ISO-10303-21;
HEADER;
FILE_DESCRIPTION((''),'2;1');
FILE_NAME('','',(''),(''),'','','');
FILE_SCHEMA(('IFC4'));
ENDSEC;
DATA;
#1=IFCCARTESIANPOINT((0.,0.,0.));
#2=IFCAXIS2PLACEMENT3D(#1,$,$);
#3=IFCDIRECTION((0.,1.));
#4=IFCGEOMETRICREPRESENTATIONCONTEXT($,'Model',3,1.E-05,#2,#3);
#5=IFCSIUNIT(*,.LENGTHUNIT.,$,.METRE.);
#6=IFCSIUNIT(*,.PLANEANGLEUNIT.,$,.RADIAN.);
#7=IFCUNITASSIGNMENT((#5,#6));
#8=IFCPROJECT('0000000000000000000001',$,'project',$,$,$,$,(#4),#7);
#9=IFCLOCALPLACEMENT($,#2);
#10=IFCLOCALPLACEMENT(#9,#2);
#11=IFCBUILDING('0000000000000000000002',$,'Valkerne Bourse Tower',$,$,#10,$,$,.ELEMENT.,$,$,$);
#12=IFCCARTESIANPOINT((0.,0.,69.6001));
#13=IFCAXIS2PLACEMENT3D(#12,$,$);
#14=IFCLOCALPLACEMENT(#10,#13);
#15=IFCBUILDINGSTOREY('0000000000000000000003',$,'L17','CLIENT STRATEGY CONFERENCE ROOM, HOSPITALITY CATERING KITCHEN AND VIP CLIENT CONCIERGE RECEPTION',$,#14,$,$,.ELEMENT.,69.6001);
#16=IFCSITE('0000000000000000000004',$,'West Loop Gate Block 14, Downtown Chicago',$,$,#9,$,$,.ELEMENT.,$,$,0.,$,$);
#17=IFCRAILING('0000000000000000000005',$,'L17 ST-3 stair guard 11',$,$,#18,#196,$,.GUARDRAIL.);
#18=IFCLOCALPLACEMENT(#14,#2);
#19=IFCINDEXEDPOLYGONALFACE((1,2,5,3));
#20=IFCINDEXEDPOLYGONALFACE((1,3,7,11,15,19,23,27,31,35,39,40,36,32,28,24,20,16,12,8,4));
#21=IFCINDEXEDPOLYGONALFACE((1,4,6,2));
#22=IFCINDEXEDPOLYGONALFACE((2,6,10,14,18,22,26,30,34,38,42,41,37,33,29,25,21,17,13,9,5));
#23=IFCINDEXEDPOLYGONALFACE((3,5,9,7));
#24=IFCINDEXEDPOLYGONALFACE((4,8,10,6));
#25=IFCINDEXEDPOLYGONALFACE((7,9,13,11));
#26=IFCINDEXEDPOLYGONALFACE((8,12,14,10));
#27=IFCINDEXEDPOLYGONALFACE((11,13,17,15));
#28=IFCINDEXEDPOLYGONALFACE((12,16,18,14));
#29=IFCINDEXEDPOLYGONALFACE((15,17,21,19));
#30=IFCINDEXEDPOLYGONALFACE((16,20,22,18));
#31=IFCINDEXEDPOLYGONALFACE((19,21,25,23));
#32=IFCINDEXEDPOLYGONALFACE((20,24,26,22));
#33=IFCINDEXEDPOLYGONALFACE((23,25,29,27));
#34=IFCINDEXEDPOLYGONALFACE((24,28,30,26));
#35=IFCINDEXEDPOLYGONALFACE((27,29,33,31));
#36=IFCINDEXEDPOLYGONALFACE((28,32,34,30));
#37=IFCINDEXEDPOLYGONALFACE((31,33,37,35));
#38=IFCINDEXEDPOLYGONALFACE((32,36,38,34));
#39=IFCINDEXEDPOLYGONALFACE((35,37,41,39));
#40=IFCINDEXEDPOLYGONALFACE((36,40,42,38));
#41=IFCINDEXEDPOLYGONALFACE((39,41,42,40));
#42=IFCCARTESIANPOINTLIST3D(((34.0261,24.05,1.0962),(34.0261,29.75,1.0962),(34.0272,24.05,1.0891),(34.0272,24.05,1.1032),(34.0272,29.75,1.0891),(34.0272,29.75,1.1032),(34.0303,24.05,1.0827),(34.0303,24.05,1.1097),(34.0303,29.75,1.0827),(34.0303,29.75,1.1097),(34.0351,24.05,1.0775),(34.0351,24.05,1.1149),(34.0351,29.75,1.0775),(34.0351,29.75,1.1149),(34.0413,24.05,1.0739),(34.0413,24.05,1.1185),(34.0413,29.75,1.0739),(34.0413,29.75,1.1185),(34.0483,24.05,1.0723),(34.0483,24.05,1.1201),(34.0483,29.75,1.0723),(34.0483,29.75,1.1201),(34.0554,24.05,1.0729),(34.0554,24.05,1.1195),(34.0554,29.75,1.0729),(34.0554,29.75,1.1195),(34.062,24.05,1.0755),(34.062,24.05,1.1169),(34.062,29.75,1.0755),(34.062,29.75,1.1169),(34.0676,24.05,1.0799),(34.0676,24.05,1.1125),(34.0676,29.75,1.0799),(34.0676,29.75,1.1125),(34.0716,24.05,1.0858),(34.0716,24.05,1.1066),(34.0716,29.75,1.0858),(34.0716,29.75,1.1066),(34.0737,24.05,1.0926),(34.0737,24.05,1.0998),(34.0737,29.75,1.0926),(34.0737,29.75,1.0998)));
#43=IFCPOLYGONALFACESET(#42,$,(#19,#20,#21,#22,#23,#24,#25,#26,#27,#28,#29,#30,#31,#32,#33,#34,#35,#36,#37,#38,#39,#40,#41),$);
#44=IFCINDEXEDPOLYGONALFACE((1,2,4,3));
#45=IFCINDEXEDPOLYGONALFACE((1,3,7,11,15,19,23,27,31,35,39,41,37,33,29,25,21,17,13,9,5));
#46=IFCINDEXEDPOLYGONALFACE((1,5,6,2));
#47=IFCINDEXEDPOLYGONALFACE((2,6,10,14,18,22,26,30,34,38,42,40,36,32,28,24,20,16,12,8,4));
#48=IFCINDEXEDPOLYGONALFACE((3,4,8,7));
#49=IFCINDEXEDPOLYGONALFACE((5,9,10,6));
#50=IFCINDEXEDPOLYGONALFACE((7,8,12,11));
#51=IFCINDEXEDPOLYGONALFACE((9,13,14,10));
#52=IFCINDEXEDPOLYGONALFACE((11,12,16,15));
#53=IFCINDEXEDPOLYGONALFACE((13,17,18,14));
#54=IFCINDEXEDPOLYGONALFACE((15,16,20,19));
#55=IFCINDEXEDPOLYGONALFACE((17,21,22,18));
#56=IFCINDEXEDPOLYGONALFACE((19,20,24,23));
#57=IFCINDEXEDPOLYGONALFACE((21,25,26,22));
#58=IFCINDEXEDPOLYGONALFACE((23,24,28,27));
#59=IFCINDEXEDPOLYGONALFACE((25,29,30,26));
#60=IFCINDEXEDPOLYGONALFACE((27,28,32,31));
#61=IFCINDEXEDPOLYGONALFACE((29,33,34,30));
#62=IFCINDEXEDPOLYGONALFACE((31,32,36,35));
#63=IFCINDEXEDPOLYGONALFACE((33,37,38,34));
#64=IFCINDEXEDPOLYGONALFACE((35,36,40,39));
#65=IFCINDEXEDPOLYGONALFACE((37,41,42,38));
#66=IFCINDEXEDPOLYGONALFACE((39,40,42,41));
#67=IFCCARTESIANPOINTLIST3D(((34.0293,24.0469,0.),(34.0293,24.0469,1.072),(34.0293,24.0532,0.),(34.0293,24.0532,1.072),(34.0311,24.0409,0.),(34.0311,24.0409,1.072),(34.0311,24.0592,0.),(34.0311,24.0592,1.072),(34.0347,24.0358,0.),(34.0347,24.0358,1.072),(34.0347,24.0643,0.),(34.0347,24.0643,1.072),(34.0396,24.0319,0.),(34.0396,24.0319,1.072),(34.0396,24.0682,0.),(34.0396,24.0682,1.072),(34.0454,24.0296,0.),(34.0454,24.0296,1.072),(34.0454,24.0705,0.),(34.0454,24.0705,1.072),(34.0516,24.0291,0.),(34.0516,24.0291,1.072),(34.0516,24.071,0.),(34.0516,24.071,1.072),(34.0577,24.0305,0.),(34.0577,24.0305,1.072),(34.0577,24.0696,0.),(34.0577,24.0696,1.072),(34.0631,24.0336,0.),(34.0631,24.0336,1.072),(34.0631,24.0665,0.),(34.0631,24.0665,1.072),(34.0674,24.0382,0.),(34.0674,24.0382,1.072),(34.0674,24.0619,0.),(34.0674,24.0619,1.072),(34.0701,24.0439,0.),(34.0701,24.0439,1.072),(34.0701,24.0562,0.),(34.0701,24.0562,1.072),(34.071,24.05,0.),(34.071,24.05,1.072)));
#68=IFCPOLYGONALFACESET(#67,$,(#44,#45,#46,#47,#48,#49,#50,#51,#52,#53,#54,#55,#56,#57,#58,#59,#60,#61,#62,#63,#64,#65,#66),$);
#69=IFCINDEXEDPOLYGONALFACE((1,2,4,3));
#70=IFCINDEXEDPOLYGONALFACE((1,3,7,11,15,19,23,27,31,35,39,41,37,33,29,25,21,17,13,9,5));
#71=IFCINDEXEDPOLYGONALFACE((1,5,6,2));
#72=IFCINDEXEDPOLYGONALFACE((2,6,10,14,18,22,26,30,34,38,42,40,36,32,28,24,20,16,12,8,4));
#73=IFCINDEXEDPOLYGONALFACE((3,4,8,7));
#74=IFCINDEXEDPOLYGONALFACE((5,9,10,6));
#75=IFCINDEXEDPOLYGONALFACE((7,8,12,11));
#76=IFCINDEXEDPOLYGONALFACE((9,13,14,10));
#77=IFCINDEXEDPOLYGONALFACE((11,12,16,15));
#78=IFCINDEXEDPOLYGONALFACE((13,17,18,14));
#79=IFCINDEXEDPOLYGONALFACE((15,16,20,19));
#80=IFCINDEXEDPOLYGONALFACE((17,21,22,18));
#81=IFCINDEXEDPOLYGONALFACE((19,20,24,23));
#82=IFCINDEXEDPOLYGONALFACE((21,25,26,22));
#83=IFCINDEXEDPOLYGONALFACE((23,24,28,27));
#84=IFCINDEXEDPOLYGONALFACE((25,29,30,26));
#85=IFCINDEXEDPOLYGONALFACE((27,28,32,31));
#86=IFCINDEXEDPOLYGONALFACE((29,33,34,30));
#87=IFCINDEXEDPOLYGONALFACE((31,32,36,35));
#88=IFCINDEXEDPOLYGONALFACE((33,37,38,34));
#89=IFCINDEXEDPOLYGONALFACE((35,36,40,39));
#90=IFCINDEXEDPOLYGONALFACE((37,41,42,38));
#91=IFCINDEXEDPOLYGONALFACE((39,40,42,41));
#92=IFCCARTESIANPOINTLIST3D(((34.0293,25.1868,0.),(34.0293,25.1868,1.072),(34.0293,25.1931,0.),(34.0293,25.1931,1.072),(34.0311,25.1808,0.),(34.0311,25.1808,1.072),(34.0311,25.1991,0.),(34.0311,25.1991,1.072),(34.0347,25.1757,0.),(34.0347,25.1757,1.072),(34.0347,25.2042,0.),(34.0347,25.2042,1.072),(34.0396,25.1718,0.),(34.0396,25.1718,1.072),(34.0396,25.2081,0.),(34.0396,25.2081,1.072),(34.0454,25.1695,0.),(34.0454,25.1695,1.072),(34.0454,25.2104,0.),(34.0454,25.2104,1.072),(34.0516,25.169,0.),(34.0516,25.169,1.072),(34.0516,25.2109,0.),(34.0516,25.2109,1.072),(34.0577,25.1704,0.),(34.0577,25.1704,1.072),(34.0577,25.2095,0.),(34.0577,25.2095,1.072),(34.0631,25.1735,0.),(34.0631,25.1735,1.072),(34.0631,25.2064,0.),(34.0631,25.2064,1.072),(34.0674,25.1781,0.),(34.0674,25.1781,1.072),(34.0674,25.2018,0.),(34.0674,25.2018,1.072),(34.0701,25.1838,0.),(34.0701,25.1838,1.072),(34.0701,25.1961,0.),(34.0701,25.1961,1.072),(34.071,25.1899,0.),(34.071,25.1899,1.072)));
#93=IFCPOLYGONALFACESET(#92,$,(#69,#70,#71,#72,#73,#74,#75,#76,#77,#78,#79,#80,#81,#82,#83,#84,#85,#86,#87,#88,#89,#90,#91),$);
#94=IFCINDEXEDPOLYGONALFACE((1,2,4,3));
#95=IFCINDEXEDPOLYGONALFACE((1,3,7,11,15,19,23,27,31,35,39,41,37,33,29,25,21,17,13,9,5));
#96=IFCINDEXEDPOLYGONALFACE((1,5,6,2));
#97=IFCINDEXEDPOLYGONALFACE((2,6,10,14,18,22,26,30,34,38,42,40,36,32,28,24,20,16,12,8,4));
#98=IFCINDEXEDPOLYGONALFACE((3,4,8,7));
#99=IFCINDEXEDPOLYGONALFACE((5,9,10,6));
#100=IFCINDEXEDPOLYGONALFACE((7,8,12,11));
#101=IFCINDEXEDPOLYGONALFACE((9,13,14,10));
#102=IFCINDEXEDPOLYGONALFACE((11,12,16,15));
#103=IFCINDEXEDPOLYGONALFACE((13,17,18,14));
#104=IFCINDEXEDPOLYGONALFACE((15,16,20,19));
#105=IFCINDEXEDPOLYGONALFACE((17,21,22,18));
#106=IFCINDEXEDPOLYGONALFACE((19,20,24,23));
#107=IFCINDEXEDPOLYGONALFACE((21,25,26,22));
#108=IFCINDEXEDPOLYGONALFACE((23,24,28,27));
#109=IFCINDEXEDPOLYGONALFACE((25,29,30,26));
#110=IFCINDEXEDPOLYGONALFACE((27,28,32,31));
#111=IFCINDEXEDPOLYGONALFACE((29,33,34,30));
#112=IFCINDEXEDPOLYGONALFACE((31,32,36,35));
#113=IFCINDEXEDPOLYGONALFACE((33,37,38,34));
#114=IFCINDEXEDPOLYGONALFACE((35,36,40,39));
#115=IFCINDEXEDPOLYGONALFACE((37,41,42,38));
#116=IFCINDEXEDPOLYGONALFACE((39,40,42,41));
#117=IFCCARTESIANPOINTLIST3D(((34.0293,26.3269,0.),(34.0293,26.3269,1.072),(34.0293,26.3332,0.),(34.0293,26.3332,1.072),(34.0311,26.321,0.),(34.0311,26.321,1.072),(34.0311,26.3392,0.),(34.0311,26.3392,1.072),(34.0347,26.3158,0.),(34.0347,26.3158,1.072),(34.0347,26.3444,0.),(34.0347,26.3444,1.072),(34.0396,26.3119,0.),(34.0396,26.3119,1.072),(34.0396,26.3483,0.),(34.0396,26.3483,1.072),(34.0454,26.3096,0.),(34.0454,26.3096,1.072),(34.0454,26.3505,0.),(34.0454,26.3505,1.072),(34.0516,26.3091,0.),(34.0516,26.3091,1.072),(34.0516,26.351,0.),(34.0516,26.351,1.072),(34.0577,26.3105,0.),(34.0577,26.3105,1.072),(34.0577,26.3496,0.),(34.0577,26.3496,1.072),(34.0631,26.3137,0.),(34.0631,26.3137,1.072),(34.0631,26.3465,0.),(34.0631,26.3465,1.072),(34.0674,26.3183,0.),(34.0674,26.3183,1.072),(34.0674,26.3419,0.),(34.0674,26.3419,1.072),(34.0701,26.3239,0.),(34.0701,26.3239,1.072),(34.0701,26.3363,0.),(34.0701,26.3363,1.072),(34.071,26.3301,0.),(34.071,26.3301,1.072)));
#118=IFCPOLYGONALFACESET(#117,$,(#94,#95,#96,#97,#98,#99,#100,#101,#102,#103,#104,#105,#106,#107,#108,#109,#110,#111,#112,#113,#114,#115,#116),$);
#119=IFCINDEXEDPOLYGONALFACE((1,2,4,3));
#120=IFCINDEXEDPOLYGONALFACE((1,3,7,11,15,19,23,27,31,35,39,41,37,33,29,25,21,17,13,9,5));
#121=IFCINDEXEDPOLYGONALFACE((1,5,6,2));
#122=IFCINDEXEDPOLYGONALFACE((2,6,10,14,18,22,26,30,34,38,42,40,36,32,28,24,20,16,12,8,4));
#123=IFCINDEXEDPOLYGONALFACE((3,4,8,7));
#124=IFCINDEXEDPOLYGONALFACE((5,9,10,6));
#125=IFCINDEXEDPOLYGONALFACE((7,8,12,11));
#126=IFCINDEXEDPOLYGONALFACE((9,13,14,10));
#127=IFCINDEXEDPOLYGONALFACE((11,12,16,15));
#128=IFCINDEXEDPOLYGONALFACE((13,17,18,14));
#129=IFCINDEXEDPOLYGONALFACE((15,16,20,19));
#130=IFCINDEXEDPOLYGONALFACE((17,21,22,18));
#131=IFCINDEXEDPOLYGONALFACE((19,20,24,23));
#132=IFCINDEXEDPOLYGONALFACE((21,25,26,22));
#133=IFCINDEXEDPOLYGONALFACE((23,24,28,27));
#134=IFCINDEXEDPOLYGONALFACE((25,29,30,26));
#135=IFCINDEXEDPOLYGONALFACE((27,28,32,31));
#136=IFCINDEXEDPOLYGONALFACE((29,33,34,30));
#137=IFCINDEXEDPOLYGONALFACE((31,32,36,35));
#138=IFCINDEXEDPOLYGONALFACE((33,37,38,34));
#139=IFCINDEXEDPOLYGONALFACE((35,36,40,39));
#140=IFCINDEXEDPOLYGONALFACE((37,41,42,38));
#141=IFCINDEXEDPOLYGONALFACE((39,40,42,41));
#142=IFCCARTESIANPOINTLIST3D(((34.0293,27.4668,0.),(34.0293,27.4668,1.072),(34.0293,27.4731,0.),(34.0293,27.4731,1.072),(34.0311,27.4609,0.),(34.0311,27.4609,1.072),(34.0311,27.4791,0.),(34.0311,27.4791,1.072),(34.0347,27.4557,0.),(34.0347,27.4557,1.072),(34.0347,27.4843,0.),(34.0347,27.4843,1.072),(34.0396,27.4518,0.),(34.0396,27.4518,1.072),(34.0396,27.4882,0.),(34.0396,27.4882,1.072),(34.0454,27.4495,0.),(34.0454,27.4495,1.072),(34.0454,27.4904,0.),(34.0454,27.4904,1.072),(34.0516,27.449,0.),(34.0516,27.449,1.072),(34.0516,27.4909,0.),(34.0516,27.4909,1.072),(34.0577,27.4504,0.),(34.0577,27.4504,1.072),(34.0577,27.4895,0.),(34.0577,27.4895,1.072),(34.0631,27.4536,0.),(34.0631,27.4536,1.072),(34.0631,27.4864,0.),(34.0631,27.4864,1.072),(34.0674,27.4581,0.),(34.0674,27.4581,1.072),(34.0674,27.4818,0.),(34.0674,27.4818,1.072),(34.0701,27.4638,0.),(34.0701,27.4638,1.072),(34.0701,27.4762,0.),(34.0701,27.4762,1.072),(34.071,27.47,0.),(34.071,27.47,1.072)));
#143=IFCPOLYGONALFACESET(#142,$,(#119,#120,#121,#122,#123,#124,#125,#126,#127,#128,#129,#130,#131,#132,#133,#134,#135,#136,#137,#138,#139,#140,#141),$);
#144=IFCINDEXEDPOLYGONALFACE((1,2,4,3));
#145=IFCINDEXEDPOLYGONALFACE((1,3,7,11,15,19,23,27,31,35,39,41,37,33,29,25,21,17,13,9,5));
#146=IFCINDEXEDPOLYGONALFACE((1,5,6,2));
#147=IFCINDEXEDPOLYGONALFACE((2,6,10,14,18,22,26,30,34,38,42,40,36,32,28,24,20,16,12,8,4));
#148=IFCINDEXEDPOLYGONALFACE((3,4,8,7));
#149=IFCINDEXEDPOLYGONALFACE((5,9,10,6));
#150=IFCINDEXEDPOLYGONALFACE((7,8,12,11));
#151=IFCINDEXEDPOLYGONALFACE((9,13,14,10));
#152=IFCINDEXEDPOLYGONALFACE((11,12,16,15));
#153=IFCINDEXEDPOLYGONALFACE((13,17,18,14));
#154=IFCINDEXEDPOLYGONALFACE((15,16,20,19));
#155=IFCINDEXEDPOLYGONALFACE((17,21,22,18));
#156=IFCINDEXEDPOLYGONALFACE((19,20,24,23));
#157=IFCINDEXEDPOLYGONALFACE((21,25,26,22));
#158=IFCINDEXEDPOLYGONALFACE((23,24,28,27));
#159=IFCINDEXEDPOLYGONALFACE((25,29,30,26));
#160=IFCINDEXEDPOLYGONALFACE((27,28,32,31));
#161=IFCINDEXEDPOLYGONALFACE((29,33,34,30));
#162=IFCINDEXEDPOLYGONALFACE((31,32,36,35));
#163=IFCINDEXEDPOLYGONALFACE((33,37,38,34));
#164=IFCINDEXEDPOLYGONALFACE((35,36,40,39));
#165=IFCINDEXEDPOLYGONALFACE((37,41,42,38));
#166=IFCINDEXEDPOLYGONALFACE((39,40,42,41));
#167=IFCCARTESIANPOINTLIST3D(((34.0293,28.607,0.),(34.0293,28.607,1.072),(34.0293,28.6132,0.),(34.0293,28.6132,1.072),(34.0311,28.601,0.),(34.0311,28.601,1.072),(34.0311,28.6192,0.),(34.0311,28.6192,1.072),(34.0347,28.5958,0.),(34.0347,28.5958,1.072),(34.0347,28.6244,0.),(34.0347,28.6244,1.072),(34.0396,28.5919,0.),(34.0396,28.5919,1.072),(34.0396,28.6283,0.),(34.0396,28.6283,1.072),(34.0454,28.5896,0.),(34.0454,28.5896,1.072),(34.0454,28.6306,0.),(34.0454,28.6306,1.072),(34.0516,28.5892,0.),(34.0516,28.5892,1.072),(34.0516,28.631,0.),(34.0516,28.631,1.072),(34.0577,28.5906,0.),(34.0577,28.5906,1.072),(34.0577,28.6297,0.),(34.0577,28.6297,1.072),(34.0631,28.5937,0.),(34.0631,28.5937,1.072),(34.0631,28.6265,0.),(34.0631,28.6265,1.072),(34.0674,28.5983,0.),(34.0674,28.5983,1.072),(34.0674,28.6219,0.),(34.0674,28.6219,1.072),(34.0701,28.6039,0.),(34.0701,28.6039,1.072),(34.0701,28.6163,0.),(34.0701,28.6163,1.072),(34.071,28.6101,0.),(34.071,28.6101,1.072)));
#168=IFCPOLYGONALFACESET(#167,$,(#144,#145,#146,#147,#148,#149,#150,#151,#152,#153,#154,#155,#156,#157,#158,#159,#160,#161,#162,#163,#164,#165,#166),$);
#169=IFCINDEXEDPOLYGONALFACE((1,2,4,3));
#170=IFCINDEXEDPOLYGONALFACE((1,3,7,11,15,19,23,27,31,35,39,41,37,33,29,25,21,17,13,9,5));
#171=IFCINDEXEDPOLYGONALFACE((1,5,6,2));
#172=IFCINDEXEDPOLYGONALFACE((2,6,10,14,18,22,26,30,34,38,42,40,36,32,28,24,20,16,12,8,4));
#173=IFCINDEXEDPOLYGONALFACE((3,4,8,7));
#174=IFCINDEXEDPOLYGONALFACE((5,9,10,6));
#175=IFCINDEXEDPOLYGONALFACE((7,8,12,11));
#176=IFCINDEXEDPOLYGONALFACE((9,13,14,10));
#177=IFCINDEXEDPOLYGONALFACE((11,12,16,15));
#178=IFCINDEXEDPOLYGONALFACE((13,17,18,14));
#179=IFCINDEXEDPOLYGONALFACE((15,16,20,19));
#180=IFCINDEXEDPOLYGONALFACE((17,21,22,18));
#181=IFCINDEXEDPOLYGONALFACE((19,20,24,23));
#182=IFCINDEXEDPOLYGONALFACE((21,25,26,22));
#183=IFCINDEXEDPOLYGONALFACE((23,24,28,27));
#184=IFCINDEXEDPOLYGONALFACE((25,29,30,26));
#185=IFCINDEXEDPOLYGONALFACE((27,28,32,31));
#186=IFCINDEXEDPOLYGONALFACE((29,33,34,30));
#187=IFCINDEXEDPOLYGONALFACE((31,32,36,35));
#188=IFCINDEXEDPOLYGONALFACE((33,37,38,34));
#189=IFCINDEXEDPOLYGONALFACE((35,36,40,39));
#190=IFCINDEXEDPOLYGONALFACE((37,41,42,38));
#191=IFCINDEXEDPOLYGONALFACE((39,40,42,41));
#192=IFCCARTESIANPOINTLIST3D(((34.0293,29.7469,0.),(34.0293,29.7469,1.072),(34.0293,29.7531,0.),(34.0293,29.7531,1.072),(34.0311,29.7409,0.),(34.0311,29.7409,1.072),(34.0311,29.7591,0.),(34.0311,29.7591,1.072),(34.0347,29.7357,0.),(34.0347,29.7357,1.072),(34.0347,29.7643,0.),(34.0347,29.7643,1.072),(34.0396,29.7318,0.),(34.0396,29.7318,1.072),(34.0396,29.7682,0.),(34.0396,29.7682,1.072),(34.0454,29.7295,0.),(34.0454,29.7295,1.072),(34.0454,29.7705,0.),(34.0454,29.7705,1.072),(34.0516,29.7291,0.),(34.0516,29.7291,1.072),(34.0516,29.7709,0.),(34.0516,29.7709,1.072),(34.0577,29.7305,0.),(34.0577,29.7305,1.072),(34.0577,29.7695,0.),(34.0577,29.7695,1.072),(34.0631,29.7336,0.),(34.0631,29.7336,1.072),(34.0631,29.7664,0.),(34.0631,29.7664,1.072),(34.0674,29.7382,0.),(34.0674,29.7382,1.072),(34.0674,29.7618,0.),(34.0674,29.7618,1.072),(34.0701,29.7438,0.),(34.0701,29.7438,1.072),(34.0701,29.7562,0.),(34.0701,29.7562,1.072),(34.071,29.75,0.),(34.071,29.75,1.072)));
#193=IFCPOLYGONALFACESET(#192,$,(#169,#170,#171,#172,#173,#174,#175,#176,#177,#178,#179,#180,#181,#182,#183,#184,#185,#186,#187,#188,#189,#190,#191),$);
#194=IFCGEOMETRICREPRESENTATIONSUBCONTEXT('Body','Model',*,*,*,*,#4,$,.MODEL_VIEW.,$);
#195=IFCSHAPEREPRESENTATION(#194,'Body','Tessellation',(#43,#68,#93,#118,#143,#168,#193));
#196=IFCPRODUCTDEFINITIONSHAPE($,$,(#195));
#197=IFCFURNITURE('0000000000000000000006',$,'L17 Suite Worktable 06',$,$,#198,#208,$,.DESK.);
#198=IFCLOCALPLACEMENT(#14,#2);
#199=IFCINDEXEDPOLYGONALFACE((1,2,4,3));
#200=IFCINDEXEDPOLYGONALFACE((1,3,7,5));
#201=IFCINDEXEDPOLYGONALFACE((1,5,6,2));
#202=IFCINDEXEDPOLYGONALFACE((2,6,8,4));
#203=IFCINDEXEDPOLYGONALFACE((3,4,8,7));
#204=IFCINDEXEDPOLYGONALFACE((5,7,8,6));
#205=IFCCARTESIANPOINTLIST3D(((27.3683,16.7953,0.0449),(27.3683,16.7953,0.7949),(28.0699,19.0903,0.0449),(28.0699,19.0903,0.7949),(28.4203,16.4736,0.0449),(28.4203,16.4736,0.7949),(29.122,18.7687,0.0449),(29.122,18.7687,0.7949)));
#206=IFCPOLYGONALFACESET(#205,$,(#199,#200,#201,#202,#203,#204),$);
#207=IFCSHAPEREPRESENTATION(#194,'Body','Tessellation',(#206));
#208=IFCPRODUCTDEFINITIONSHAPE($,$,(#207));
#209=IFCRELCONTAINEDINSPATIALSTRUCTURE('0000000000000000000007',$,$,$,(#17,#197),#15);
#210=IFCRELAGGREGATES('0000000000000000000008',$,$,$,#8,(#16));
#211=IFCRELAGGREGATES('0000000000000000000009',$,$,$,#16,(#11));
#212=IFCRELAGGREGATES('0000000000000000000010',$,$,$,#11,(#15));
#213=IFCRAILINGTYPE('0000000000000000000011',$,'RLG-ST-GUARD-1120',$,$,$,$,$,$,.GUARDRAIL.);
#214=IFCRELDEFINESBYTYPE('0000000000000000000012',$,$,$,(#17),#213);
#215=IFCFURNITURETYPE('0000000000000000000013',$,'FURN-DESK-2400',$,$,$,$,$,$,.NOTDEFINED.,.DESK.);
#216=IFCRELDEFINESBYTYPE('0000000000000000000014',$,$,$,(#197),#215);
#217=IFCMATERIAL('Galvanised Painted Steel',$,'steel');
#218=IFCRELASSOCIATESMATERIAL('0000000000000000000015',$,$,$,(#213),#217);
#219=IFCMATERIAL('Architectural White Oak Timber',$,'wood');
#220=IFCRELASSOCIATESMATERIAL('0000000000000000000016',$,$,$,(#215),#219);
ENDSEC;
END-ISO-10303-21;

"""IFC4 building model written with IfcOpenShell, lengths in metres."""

from ifc_helpers import new_model, si_unit, direction, frame, origin, origin_2d, place, context, subcontext, project, spatial, rectangle, circle, extrude, material, type_object, element, save


model = new_model("IFC4")

# Units and contexts
model_context = context("Model", 3, precision=1e-05, world=origin(), true_north=direction((0.0, 1.0)))
body_context = subcontext(model_context, "Body", "Model", "MODEL_VIEW")
ifc_project = project(units=[si_unit("LENGTHUNIT", "METRE"), si_unit("PLANEANGLEUNIT", "RADIAN")], contexts=[model_context])

# Site, building, storey
site_placement = place(None, origin())
site = spatial("IfcSite", under=ifc_project, at=site_placement, Name="West Loop Gate Block 14, Downtown Chicago", CompositionType="ELEMENT", RefElevation=0.0)
building_placement = place(site_placement, origin())
building = spatial("IfcBuilding", under=site, at=building_placement, Name="Valkerne Bourse Tower", CompositionType="ELEMENT")
storey_placement = place(building_placement, frame((0.0, 0.0, 69.6001)))
storey = spatial("IfcBuildingStorey", under=building, at=storey_placement, Name="L17", Description="CLIENT STRATEGY CONFERENCE ROOM, HOSPITALITY CATERING KITCHEN AND VIP CLIENT CONCIERGE RECEPTION", CompositionType="ELEMENT", Elevation=69.6001)

# Shared definitions
ifc_material_1 = material(Name="Galvanised Painted Steel", Category="steel")

# Railing
railing_type = type_object("IfcRailingType", Name="RLG-ST-GUARD-1120", PredefinedType="GUARDRAIL", material=ifc_material_1)
railing_1_placement = place(storey_placement, frame((34.05, 24.05, 0.0)))
element("IfcRailing", 1, at=railing_1_placement, inside=storey, type_object=railing_type, Name="L17 ST-3 stair guard 11", PredefinedType="GUARDRAIL", context=body_context, shape_type="SweptSolid", body=[
    extrude(circle(Radius=0.0239, at=origin_2d()), frame((0.0, 0.0, 1.0962), z_axis=(0.0, 1.0, 0.0), x_axis=(-1.0, 0.0, 0.0)), (0.0, 0.0, 1.0), 5.7),
    extrude(circle(Radius=0.021, at=origin_2d()), origin(), (0.0, 0.0, 1.0), 1.072),
    extrude(circle(Radius=0.021, at=origin_2d()), frame((0.0, 1.1399, 0.0)), (0.0, 0.0, 1.0), 1.072),
    extrude(circle(Radius=0.021, at=origin_2d()), frame((0.0, 2.28, 0.0)), (0.0, 0.0, 1.0), 1.072),
    extrude(circle(Radius=0.021, at=origin_2d()), frame((0.0, 3.4199, 0.0)), (0.0, 0.0, 1.0), 1.072),
    extrude(circle(Radius=0.021, at=origin_2d()), frame((0.0, 4.5601, 0.0)), (0.0, 0.0, 1.0), 1.072),
    extrude(circle(Radius=0.021, at=origin_2d()), frame((0.0, 5.7, 0.0)), (0.0, 0.0, 1.0), 1.072),
])

# Furniture
ifc_material_2 = material(Name="Architectural White Oak Timber", Category="wood")
furniture_type = type_object("IfcFurnitureType", Name="FURN-DESK-2400", AssemblyPlace="NOTDEFINED", PredefinedType="DESK", material=ifc_material_2)
furniture_placement = place(storey_placement, frame((28.2451, 17.782, 0.0449), z_axis=(0.0, 0.0, 1.0), x_axis=(0.292372, 0.956305, 0.0)))
element("IfcFurniture", 2, at=furniture_placement, inside=storey, type_object=furniture_type, Name="L17 Suite Worktable 06", PredefinedType="DESK", context=body_context, shape_type="SweptSolid", body=[
    extrude(rectangle(XDim=2.3999, YDim=1.1001, at=origin_2d()), origin(), (0.0, 0.0, 1.0), 0.75),
])

save(model, "model.ifc")
